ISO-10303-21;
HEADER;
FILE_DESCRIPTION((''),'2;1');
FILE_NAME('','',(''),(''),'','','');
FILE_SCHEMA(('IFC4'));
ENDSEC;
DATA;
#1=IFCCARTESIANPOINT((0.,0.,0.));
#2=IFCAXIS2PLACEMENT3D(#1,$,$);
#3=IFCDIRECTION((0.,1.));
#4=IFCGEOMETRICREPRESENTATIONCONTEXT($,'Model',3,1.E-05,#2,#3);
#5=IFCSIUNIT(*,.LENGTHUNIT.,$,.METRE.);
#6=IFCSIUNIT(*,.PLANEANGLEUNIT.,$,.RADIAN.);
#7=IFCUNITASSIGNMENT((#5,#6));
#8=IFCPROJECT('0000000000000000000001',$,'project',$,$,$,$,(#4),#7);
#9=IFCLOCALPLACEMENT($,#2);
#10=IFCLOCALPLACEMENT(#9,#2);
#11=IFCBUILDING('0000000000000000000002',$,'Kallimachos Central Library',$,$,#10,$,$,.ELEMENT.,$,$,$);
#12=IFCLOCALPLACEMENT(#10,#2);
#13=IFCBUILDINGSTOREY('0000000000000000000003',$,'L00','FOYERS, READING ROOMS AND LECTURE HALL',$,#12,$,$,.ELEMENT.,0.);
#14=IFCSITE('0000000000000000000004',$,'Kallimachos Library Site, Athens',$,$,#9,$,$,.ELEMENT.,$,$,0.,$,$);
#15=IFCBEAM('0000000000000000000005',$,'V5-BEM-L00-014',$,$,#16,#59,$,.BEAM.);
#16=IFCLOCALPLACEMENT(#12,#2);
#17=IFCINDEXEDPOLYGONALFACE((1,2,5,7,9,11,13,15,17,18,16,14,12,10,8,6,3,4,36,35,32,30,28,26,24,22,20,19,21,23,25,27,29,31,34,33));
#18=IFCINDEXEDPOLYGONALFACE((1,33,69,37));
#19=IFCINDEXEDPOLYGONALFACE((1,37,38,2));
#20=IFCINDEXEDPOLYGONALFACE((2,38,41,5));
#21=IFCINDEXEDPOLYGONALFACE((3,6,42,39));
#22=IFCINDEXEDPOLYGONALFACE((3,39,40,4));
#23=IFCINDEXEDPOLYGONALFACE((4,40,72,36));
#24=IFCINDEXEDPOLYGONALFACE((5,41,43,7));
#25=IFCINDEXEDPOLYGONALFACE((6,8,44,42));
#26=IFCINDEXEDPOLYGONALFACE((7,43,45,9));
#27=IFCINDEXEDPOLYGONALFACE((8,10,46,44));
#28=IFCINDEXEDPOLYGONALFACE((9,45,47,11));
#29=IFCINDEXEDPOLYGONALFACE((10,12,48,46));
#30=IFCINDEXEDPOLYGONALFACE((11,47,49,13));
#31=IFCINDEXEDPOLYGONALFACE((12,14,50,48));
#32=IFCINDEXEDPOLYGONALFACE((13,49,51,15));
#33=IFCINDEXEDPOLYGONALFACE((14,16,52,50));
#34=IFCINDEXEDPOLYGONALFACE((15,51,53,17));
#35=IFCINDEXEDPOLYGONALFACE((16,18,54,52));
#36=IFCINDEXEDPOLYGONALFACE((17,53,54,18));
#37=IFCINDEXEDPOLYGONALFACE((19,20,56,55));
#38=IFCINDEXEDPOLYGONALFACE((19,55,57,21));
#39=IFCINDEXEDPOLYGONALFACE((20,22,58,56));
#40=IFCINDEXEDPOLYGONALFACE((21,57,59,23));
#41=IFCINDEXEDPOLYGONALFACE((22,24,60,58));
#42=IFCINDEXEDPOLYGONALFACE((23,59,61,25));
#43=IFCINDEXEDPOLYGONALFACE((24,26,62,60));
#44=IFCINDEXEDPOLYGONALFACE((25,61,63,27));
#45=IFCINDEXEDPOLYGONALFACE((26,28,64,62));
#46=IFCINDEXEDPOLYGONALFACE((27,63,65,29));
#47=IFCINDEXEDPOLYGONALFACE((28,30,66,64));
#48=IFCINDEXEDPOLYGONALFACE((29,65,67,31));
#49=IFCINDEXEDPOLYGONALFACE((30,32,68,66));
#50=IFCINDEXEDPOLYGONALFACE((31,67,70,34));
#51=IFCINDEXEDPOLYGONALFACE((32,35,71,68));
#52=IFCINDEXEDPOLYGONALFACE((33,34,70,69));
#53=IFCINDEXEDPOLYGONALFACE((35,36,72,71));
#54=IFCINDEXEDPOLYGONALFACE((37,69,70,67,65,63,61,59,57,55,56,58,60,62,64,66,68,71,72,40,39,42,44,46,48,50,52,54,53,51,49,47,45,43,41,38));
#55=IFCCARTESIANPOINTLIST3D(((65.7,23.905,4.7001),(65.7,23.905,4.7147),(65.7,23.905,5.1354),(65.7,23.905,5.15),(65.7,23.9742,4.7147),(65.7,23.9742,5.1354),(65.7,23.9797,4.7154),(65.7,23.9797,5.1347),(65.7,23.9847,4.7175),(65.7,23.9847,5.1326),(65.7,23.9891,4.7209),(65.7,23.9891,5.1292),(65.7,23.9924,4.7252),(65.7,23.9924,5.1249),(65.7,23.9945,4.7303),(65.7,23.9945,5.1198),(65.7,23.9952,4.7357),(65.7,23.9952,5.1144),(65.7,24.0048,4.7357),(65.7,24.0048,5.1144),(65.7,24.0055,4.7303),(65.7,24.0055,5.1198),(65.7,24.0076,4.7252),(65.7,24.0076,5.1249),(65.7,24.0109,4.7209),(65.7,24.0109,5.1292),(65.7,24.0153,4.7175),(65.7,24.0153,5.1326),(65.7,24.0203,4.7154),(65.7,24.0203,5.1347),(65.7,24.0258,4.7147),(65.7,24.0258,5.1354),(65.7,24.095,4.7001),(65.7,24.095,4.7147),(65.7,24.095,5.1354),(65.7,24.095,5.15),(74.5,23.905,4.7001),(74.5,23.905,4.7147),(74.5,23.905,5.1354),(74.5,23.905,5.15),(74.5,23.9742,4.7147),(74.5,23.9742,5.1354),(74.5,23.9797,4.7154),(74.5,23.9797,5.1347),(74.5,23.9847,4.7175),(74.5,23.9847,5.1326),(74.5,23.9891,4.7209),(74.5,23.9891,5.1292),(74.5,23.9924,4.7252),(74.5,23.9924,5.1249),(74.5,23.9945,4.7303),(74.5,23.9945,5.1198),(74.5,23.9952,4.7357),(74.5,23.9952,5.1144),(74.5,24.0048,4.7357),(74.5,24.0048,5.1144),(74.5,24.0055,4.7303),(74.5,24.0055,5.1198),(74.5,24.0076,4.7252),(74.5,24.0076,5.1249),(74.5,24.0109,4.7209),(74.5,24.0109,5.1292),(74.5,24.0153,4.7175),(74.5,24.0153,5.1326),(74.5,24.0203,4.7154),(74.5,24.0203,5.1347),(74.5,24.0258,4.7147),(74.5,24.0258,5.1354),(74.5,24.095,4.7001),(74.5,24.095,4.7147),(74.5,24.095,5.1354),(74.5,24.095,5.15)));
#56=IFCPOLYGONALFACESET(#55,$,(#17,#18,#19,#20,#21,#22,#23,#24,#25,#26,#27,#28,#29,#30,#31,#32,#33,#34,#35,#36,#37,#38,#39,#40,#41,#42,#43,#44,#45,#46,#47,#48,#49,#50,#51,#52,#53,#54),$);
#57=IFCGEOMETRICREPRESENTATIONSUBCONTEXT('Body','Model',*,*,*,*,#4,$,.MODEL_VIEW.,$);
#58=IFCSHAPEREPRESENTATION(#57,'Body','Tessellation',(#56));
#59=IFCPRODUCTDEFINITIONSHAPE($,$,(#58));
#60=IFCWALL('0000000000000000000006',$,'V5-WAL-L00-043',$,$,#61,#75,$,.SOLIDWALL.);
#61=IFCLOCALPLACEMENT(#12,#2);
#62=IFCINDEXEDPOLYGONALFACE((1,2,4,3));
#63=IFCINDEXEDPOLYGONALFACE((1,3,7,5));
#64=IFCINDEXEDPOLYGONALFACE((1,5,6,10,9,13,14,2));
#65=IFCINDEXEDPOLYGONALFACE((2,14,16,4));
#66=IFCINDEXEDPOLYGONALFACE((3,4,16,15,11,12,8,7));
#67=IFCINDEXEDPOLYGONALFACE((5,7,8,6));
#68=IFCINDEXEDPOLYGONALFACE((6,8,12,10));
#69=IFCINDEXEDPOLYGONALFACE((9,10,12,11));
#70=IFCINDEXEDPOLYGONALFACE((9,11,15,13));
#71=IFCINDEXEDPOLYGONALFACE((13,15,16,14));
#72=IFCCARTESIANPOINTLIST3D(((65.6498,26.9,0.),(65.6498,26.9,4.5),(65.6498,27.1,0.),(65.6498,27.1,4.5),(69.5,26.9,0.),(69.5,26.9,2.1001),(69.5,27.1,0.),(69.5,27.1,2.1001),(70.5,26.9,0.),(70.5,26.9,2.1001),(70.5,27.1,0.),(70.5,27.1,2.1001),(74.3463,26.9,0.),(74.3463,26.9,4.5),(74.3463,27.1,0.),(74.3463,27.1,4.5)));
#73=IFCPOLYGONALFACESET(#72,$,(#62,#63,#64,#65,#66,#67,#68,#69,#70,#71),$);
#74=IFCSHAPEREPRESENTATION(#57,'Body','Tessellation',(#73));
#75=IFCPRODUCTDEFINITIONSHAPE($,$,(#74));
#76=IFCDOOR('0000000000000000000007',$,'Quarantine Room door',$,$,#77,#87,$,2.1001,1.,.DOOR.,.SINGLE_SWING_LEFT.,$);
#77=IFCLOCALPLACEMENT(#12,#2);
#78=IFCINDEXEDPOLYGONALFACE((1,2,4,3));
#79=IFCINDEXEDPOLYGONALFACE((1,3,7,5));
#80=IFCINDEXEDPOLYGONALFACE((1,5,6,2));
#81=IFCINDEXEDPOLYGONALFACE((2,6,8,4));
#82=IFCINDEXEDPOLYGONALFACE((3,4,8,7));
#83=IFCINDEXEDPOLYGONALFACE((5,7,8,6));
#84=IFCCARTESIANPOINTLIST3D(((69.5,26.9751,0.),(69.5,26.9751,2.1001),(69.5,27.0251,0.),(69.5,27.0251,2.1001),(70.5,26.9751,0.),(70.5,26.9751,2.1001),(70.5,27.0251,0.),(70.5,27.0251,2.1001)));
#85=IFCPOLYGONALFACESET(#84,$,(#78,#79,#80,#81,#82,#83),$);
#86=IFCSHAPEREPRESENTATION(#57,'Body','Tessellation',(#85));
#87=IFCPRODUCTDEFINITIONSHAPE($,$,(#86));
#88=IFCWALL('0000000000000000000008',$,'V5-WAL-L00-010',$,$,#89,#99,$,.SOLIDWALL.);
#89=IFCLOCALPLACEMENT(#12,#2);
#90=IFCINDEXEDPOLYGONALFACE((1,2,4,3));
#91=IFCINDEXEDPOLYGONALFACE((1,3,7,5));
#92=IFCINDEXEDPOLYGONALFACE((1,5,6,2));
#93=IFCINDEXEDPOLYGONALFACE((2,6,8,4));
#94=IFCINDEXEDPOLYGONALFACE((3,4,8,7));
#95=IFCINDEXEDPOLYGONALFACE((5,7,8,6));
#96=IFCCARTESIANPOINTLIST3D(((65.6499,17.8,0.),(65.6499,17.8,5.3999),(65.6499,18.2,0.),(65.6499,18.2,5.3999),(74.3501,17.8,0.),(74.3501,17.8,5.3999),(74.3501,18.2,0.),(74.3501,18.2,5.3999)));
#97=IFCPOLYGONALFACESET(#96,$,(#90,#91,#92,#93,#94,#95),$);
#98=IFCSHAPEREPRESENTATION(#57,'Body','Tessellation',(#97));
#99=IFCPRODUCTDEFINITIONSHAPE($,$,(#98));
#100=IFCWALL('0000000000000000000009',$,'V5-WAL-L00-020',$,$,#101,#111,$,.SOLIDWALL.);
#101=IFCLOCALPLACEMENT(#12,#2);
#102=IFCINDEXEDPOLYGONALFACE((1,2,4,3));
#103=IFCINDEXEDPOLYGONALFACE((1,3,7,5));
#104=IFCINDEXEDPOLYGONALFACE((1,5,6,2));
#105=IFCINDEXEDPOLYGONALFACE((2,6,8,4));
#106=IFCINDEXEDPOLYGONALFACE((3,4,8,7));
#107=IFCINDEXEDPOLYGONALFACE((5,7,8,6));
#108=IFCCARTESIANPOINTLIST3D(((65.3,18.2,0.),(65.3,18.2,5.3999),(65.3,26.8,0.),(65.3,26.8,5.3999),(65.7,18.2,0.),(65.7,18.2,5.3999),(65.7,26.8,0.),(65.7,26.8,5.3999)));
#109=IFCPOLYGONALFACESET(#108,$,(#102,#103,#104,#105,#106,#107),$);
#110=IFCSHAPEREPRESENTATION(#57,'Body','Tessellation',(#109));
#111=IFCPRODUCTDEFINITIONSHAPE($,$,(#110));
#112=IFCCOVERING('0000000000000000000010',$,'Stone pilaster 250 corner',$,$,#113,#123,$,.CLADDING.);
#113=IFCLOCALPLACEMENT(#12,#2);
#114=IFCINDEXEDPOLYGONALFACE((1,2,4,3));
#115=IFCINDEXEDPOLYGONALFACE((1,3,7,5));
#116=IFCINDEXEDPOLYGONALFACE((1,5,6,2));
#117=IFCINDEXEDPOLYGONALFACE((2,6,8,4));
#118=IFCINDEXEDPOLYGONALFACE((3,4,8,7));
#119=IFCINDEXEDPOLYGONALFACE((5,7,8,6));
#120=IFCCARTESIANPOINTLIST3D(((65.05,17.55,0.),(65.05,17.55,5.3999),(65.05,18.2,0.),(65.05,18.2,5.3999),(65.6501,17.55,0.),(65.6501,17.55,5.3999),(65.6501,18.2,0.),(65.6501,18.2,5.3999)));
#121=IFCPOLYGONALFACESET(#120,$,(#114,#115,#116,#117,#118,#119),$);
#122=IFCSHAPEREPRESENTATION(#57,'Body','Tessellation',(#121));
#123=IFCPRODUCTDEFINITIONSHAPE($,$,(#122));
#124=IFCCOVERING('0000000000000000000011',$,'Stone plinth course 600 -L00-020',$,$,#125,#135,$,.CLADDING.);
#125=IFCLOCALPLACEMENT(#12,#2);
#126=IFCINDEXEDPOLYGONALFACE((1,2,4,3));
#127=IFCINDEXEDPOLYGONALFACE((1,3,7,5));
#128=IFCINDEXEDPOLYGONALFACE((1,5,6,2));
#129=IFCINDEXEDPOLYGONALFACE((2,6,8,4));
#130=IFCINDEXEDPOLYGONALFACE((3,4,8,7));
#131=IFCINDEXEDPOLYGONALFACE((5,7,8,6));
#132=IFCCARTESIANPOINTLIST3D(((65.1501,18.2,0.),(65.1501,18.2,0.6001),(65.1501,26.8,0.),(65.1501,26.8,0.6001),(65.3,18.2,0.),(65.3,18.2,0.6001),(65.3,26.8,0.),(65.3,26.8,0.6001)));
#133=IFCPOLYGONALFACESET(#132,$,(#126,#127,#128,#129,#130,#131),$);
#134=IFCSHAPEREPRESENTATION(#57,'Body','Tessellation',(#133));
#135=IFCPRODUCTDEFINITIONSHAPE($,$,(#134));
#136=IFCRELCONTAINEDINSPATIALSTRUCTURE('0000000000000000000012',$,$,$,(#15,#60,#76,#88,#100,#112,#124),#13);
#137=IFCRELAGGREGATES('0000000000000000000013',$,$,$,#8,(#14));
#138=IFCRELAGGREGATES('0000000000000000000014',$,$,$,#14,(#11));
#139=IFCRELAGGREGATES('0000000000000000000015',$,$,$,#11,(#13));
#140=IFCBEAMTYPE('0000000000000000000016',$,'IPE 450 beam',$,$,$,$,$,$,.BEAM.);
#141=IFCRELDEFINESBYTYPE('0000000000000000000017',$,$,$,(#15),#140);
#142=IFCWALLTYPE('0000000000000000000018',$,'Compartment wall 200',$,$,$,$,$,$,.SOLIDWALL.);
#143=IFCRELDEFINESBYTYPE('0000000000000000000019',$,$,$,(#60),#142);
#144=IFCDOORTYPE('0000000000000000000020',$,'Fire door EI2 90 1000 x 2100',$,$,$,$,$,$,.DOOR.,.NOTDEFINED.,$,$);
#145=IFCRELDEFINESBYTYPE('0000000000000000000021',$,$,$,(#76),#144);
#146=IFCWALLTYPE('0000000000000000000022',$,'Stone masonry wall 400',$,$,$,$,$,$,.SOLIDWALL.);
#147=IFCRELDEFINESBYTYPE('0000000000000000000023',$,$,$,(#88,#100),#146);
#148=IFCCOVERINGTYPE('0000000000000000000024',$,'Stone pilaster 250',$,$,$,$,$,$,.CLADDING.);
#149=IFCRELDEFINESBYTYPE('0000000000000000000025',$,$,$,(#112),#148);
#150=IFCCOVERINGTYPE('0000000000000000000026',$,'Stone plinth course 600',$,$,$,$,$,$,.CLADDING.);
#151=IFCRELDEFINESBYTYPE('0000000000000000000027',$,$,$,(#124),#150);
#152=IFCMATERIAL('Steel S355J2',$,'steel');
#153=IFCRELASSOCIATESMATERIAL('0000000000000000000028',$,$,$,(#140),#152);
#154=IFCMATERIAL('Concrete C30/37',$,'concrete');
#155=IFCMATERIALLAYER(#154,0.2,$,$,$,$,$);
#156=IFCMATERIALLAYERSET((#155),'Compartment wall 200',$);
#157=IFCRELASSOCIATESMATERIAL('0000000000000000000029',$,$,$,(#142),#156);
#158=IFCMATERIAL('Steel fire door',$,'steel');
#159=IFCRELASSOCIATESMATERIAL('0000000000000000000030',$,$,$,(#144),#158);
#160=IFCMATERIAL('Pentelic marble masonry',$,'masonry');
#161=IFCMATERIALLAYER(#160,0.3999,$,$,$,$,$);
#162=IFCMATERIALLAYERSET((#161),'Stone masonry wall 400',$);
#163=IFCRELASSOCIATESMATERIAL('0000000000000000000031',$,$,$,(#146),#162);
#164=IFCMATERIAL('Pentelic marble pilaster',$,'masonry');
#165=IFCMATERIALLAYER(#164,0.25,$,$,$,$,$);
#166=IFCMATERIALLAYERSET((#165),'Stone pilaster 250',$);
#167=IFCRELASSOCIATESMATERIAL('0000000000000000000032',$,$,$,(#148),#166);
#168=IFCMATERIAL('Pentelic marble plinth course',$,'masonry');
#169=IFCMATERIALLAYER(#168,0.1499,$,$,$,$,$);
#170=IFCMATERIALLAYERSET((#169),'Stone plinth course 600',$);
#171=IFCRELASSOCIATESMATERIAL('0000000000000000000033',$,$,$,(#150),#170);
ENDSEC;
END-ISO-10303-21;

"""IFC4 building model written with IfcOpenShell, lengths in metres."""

from ifc_helpers import new_model, si_unit, direction, frame, frame_2d, origin, origin_2d, place, context, subcontext, project, spatial, rectangle, i_section, extrude, material, layer, layer_set, material_profile, profile_set, type_object, element, fill, save


model = new_model("IFC4")

# Units and contexts
model_context = context("Model", 3, precision=1e-05, world=origin(), true_north=direction((0.0, 1.0)))
body_context = subcontext(model_context, "Body", "Model", "MODEL_VIEW")
ifc_project = project(units=[si_unit("LENGTHUNIT", "METRE"), si_unit("PLANEANGLEUNIT", "RADIAN")], contexts=[model_context])

# Site, building, storey
site_placement = place(None, origin())
site = spatial("IfcSite", under=ifc_project, at=site_placement, Name="Kallimachos Library Site, Athens", CompositionType="ELEMENT", RefElevation=0.0)
building_placement = place(site_placement, origin())
building = spatial("IfcBuilding", under=site, at=building_placement, Name="Kallimachos Central Library", CompositionType="ELEMENT")
storey_placement = place(building_placement, origin())
storey = spatial("IfcBuildingStorey", under=building, at=storey_placement, Name="L00", Description="FOYERS, READING ROOMS AND LECTURE HALL", CompositionType="ELEMENT", Elevation=0.0)

# Beam
ifc_material_1 = material(Name="Steel S355J2", Category="steel")
ifc_material_profile_1 = material_profile(ifc_material_1, i_section(OverallWidth=0.1899, OverallDepth=0.45, WebThickness=0.0095, FlangeThickness=0.0146, FilletRadius=0.021, at=origin_2d()), Name="IPE 450")
ifc_profile_set_1 = profile_set([ifc_material_profile_1], Name="Steel S355J2")
beam_type_1 = type_object("IfcBeamType", Name="IPE 450 beam", PredefinedType="BEAM", material=ifc_profile_set_1)
for number, where, z_axis, x_axis, name in (
    (1, (65.7, 24.0, 4.925), (1.0, 0.0, 0.0), (0.0, 1.0, 0.0), "V5-BEM-L00-014"),
):
    element("IfcBeam", number, at=place(storey_placement, frame(where, z_axis=z_axis, x_axis=x_axis)), inside=storey, type_object=beam_type_1, Name=name, PredefinedType="BEAM", context=body_context, shape_type="SweptSolid", body=[
        extrude(i_section(OverallWidth=0.1899, OverallDepth=0.45, WebThickness=0.0095, FlangeThickness=0.0146, FilletRadius=0.021, at=origin_2d()), origin(), (0.0, 0.0, 1.0), 8.8),
    ])

# Wall, opening, door
ifc_material_2 = material(Name="Concrete C30/37", Category="concrete")
ifc_layer_1 = layer(ifc_material_2, 0.2)
ifc_layer_set_1 = layer_set([ifc_layer_1], Name="Compartment wall 200")
wall_type_1 = type_object("IfcWallType", Name="Compartment wall 200", PredefinedType="SOLIDWALL", material=ifc_layer_set_1)
wall_1_placement = place(storey_placement, frame((65.6499, 27.0, 0.0), z_axis=(0.0, 0.0, 1.0), x_axis=(1.0, 0.0, 0.0)))
wall_1 = element("IfcWall", 2, at=wall_1_placement, inside=storey, type_object=wall_type_1, Name="V5-WAL-L00-043", PredefinedType="SOLIDWALL", context=body_context, shape_type="SweptSolid", body=[
    extrude(rectangle(XDim=8.6965, YDim=0.2, at=frame_2d((4.3481, 0.0))), origin(), (0.0, 0.0, 1.0), 4.5),
])
opening_1_placement = place(wall_1_placement, frame((3.8501, 0.0, 0.0)))
opening_1 = element("IfcOpeningElement", 3, at=opening_1_placement, cuts=wall_1, PredefinedType="OPENING", context=body_context, shape_type="SweptSolid", body=[
    extrude(rectangle(XDim=1.0, YDim=2.1001, at=frame_2d((0.5, 1.05))), frame((0.0, 0.1099, 0.0), z_axis=(0.0, -1.0, 0.0), x_axis=(1.0, 0.0, 0.0)), (0.0, 0.0, 1.0), 0.22),
])
ifc_material_3 = material(Name="Steel fire door", Category="steel")
door_type_1 = type_object("IfcDoorType", Name="Fire door EI2 90 1000 x 2100", OperationType="NOTDEFINED", PredefinedType="DOOR", material=ifc_material_3)
door_1_placement = place(opening_1_placement, frame((1.0, 0.0, 0.0), z_axis=(0.0, 0.0, 1.0), x_axis=(-1.0, 0.0, 0.0)))
door_1 = element("IfcDoor", 4, at=door_1_placement, inside=storey, type_object=door_type_1, Name="Quarantine Room door", OperationType="SINGLE_SWING_LEFT", OverallHeight=2.1001, OverallWidth=1.0, PredefinedType="DOOR", context=body_context, shape_type="SweptSolid", body=[
    extrude(rectangle(XDim=1.0, YDim=2.1001, at=frame_2d((0.5, 1.05))), frame((0.0, 0.0249, 0.0), z_axis=(0.0, -1.0, 0.0), x_axis=(1.0, 0.0, 0.0)), (0.0, 0.0, 1.0), 0.05),
])
fill(opening_1, door_1)

# Walls
ifc_material_4 = material(Name="Pentelic marble masonry", Category="masonry")
ifc_layer_2 = layer(ifc_material_4, 0.3999)
ifc_layer_set_2 = layer_set([ifc_layer_2], Name="Stone masonry wall 400")
wall_type_2 = type_object("IfcWallType", Name="Stone masonry wall 400", PredefinedType="SOLIDWALL", material=ifc_layer_set_2)
wall_2_placement = place(storey_placement, frame((65.6499, 18.0, 0.0), z_axis=(0.0, 0.0, 1.0), x_axis=(1.0, 0.0, 0.0)))
element("IfcWall", 5, at=wall_2_placement, inside=storey, type_object=wall_type_2, Name="V5-WAL-L00-010", PredefinedType="SOLIDWALL", context=body_context, shape_type="SweptSolid", body=[
    extrude(rectangle(XDim=8.7002, YDim=0.3999, at=frame_2d((4.3501, 0.0))), origin(), (0.0, 0.0, 1.0), 5.3999),
])
wall_3_placement = place(storey_placement, frame((65.5, 18.2, 0.0), z_axis=(0.0, 0.0, 1.0), x_axis=(0.0, 1.0, 0.0)))
element("IfcWall", 6, at=wall_3_placement, inside=storey, type_object=wall_type_2, Name="V5-WAL-L00-020", PredefinedType="SOLIDWALL", context=body_context, shape_type="SweptSolid", body=[
    extrude(rectangle(XDim=8.6001, YDim=0.3999, at=frame_2d((4.3, 0.0))), origin(), (0.0, 0.0, 1.0), 5.3999),
])

# Coverings
ifc_material_5 = material(Name="Pentelic marble pilaster", Category="masonry")
ifc_layer_3 = layer(ifc_material_5, 0.25)
ifc_layer_set_3 = layer_set([ifc_layer_3], Name="Stone pilaster 250")
covering_type_1 = type_object("IfcCoveringType", Name="Stone pilaster 250", PredefinedType="CLADDING", material=ifc_layer_set_3)
covering_1_placement = place(storey_placement, frame((65.3501, 17.875, 0.0), z_axis=(0.0, 0.0, 1.0), x_axis=(1.0, 0.0, 0.0)))
element("IfcCovering", 7, at=covering_1_placement, inside=storey, type_object=covering_type_1, Name="Stone pilaster 250 corner", PredefinedType="CLADDING", context=body_context, shape_type="SweptSolid", body=[
    extrude(rectangle(XDim=0.6001, YDim=0.6499, at=origin_2d()), origin(), (0.0, 0.0, 1.0), 5.3999),
])
ifc_material_6 = material(Name="Pentelic marble plinth course", Category="masonry")
ifc_layer_4 = layer(ifc_material_6, 0.1499)
ifc_layer_set_4 = layer_set([ifc_layer_4], Name="Stone plinth course 600")
covering_type_2 = type_object("IfcCoveringType", Name="Stone plinth course 600", PredefinedType="CLADDING", material=ifc_layer_set_4)
covering_2_placement = place(storey_placement, frame((65.2251, 22.5, 0.0), z_axis=(0.0, 0.0, 1.0), x_axis=(1.0, 0.0, 0.0)))
element("IfcCovering", 8, at=covering_2_placement, inside=storey, type_object=covering_type_2, Name="Stone plinth course 600 -L00-020", PredefinedType="CLADDING", context=body_context, shape_type="SweptSolid", body=[
    extrude(rectangle(XDim=0.1499, YDim=8.6001, at=origin_2d()), origin(), (0.0, 0.0, 1.0), 0.6001),
])

save(model, "model.ifc")
